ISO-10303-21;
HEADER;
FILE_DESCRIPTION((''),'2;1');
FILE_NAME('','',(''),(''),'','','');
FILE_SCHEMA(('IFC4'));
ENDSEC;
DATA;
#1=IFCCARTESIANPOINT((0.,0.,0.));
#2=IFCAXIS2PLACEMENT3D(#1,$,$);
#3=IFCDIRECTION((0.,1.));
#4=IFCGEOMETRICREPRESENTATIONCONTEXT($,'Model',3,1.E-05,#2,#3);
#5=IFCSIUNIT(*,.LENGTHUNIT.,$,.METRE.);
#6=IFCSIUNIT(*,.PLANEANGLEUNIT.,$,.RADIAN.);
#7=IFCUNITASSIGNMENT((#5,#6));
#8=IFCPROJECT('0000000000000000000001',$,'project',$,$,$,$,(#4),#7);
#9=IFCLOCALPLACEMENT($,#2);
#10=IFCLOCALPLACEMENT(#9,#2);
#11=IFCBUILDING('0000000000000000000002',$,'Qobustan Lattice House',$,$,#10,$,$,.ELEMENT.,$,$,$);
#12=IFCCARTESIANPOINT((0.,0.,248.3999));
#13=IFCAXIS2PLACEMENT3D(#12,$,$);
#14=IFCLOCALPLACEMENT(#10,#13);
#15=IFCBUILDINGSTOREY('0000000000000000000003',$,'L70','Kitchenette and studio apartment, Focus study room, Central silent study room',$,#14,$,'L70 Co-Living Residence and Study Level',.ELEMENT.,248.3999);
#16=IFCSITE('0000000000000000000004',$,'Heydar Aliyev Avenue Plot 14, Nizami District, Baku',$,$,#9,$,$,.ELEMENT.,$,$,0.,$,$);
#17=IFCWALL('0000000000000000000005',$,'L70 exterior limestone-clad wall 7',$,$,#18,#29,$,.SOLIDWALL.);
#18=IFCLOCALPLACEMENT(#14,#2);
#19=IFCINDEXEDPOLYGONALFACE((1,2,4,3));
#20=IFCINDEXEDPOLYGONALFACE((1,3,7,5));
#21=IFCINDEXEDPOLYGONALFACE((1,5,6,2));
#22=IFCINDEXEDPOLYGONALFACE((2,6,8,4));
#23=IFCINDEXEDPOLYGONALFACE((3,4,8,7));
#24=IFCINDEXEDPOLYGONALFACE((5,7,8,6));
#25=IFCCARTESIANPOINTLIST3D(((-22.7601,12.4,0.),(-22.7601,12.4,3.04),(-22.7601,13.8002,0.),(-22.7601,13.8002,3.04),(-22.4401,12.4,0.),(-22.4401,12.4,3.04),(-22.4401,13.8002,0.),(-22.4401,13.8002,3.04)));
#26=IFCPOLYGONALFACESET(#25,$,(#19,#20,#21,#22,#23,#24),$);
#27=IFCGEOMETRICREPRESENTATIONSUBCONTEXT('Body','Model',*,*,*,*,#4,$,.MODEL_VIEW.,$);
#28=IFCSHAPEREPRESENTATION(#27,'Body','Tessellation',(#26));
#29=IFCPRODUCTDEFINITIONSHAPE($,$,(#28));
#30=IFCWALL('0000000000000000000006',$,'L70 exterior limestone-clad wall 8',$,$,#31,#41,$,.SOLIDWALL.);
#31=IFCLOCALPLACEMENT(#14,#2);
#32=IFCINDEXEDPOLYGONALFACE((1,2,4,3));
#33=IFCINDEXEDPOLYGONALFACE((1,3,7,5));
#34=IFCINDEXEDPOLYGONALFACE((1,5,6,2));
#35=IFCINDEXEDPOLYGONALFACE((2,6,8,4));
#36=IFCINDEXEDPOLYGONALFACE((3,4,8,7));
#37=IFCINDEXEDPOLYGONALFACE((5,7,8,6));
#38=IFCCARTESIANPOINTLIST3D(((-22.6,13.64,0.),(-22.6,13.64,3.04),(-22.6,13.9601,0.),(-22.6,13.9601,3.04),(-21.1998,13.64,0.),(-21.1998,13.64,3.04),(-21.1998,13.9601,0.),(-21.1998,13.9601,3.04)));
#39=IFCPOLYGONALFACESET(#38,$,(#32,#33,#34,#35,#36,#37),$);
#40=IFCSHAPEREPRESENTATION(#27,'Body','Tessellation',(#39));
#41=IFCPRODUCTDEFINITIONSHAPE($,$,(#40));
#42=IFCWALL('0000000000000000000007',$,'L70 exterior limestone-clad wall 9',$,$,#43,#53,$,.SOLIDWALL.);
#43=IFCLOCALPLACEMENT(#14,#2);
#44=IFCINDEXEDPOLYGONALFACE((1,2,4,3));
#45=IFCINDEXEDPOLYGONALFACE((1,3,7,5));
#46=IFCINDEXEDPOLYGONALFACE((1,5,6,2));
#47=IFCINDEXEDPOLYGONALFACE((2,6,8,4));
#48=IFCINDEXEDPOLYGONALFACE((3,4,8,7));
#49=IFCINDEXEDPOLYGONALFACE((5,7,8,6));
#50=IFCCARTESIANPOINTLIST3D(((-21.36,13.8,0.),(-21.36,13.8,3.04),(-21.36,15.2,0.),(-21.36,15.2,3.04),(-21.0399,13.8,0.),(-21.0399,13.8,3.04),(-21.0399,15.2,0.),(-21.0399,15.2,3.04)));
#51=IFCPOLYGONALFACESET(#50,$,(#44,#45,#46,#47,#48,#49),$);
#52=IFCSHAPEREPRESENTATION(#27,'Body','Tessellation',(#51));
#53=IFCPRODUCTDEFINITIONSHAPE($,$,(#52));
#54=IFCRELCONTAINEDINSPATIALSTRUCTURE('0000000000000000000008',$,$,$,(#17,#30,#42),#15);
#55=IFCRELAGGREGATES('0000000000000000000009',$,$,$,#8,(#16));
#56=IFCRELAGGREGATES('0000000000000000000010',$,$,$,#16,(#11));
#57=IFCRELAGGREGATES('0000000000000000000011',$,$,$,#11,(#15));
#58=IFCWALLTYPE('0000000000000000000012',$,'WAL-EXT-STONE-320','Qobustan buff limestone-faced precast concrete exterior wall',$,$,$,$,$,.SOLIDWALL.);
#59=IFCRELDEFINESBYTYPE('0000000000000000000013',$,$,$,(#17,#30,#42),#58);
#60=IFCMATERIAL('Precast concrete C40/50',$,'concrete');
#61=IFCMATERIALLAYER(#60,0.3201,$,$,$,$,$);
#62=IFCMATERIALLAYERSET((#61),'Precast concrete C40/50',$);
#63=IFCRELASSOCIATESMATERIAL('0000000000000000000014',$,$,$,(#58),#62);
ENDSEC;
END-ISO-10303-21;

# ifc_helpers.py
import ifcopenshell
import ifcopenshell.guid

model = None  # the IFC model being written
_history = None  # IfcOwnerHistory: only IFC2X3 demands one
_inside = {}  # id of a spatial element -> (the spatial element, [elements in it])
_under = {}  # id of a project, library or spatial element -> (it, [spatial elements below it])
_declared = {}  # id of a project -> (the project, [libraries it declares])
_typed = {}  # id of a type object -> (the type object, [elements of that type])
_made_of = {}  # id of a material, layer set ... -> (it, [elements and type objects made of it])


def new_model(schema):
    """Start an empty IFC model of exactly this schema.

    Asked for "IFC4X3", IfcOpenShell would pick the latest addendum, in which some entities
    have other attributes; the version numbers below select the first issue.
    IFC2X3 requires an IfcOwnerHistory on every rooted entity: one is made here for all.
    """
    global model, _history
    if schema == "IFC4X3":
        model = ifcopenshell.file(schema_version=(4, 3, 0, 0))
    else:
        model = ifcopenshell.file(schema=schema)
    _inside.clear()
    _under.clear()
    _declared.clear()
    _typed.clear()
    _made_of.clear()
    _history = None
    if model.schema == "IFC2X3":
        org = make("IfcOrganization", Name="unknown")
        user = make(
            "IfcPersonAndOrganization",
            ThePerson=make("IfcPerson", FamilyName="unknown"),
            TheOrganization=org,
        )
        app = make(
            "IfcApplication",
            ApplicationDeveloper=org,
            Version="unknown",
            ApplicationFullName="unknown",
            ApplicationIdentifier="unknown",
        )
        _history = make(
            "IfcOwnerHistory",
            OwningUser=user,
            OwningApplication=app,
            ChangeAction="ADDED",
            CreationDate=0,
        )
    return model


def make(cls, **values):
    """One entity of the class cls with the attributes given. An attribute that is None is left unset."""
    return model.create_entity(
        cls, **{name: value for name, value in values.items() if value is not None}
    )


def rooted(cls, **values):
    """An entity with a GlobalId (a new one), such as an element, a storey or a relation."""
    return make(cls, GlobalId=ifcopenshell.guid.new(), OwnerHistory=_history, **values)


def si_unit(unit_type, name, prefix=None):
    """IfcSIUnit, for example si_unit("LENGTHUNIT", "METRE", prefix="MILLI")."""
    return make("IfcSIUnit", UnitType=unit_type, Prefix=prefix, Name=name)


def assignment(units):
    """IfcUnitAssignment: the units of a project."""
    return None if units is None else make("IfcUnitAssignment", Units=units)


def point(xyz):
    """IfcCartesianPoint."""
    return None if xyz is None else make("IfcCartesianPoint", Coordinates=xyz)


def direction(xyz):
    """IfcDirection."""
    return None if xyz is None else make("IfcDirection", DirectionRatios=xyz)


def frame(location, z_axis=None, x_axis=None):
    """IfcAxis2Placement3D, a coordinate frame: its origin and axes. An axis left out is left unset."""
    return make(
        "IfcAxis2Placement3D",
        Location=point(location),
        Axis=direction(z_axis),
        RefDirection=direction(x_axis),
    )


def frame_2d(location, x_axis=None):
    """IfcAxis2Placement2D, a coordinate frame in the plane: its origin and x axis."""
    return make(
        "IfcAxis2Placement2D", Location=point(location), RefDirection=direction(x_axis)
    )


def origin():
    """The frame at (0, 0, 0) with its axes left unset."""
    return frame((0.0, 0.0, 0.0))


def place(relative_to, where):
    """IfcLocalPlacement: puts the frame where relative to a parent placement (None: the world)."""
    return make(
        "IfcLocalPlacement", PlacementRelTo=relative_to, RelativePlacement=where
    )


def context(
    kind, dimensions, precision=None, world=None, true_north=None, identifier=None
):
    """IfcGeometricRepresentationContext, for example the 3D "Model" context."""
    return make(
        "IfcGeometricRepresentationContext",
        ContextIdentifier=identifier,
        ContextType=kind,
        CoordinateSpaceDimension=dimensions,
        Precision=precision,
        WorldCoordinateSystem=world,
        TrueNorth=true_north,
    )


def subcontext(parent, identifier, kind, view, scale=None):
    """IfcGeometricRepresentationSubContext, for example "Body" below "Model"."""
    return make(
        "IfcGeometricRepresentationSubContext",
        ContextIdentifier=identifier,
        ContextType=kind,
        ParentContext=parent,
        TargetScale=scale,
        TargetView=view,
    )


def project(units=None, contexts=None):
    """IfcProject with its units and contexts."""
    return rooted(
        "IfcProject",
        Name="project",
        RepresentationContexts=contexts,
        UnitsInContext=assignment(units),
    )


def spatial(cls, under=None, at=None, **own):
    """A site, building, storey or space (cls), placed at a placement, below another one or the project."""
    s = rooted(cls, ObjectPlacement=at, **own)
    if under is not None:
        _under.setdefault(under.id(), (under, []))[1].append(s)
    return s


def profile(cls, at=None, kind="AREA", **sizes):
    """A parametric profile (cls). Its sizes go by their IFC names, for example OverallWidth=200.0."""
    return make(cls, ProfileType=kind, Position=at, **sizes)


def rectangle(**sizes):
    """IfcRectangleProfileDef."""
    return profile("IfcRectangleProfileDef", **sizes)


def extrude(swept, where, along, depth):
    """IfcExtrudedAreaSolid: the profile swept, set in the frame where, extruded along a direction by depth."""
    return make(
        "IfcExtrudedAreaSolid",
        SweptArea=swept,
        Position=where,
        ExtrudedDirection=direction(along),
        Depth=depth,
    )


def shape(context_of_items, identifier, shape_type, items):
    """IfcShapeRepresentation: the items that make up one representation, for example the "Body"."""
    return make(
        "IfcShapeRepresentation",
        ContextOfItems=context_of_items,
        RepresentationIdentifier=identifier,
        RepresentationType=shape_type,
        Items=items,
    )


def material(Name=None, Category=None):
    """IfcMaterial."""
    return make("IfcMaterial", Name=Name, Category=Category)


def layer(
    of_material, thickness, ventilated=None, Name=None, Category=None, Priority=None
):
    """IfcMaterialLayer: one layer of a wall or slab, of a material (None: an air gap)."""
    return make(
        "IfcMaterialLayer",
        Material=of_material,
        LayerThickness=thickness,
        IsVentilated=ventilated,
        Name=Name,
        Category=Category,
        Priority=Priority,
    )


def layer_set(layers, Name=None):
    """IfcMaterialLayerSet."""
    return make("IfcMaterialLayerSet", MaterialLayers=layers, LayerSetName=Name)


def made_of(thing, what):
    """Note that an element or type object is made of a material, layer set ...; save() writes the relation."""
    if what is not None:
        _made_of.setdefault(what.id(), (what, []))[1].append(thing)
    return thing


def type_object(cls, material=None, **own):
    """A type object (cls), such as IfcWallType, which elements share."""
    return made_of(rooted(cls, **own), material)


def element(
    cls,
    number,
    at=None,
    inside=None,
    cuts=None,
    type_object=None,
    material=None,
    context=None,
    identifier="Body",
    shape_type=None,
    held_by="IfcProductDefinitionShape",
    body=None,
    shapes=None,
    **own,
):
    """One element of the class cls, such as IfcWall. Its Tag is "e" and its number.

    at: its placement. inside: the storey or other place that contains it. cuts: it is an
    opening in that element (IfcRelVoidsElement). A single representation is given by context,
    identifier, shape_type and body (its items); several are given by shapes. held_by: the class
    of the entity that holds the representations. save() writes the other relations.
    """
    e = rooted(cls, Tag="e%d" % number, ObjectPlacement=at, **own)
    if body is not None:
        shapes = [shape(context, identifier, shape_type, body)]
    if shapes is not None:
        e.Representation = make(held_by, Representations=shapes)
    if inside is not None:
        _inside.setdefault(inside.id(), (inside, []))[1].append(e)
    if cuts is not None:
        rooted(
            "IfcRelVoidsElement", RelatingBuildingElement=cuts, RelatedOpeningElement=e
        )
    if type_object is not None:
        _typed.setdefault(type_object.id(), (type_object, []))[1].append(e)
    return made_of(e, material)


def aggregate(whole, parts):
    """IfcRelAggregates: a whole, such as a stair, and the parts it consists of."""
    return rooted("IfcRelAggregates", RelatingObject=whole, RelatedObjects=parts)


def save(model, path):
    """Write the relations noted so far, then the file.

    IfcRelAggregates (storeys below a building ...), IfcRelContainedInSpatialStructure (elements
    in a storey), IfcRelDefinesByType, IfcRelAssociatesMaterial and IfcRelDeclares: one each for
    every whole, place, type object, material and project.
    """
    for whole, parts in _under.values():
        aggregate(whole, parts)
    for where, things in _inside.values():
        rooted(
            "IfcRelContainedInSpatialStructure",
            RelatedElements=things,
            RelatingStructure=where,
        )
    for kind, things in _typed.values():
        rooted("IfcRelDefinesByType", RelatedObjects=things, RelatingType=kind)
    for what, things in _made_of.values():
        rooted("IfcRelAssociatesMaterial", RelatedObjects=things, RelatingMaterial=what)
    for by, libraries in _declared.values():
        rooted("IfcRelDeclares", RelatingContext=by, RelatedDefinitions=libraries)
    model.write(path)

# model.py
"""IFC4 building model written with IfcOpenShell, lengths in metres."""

from ifc_helpers import new_model, si_unit, direction, frame, frame_2d, origin, place, context, subcontext, project, spatial, rectangle, extrude, material, layer, layer_set, type_object, element, save


model = new_model("IFC4")

# Units and contexts
model_context = context("Model", 3, precision=1e-05, world=origin(), true_north=direction((0.0, 1.0)))
body_context = subcontext(model_context, "Body", "Model", "MODEL_VIEW")
ifc_project = project(units=[si_unit("LENGTHUNIT", "METRE"), si_unit("PLANEANGLEUNIT", "RADIAN")], contexts=[model_context])

# Site, building, storey
site_placement = place(None, origin())
site = spatial("IfcSite", under=ifc_project, at=site_placement, Name="Heydar Aliyev Avenue Plot 14, Nizami District, Baku", CompositionType="ELEMENT", RefElevation=0.0)
building_placement = place(site_placement, origin())
building = spatial("IfcBuilding", under=site, at=building_placement, Name="Qobustan Lattice House", CompositionType="ELEMENT")
storey_placement = place(building_placement, frame((0.0, 0.0, 248.3999)))
storey = spatial("IfcBuildingStorey", under=building, at=storey_placement, Name="L70", Description="Kitchenette and studio apartment, Focus study room, Central silent study room", LongName="L70 Co-Living Residence and Study Level", CompositionType="ELEMENT", Elevation=248.3999)

# Walls
ifc_material_1 = material(Name="Precast concrete C40/50", Category="concrete")
ifc_layer_1 = layer(ifc_material_1, 0.3201)
ifc_layer_set_1 = layer_set([ifc_layer_1], Name="Precast concrete C40/50")
wall_type_1 = type_object("IfcWallType", Name="WAL-EXT-STONE-320", Description="Qobustan buff limestone-faced precast concrete exterior wall", PredefinedType="SOLIDWALL", material=ifc_layer_set_1)
for number, where, z_axis, x_axis, name in (
    (1, (-22.6001, 12.3999, 0.0), (0.0, 0.0, 1.0), (0.0, 1.0, 0.0), "L70 exterior limestone-clad wall 7"),
    (2, (-22.6001, 13.8, 0.0), (0.0, 0.0, 1.0), (1.0, 0.0, 0.0), "L70 exterior limestone-clad wall 8"),
):
    element("IfcWall", number, at=place(storey_placement, frame(where, z_axis=z_axis, x_axis=x_axis)), inside=storey, type_object=wall_type_1, Name=name, PredefinedType="SOLIDWALL", context=body_context, shape_type="SweptSolid", body=[
        extrude(rectangle(XDim=1.4001, YDim=0.3201, at=frame_2d((0.7002, 0.0))), origin(), (0.0, 0.0, 1.0), 3.04),
    ])
wall_1_placement = place(storey_placement, frame((-21.2, 13.8, 0.0), z_axis=(0.0, 0.0, 1.0), x_axis=(0.0, 1.0, 0.0)))
element("IfcWall", 3, at=wall_1_placement, inside=storey, type_object=wall_type_1, Name="L70 exterior limestone-clad wall 9", PredefinedType="SOLIDWALL", context=body_context, shape_type="SweptSolid", body=[
    extrude(rectangle(XDim=1.3999, YDim=0.3201, at=frame_2d((0.7, 0.0))), origin(), (0.0, 0.0, 1.0), 3.04),
])

save(model, "model.ifc")
